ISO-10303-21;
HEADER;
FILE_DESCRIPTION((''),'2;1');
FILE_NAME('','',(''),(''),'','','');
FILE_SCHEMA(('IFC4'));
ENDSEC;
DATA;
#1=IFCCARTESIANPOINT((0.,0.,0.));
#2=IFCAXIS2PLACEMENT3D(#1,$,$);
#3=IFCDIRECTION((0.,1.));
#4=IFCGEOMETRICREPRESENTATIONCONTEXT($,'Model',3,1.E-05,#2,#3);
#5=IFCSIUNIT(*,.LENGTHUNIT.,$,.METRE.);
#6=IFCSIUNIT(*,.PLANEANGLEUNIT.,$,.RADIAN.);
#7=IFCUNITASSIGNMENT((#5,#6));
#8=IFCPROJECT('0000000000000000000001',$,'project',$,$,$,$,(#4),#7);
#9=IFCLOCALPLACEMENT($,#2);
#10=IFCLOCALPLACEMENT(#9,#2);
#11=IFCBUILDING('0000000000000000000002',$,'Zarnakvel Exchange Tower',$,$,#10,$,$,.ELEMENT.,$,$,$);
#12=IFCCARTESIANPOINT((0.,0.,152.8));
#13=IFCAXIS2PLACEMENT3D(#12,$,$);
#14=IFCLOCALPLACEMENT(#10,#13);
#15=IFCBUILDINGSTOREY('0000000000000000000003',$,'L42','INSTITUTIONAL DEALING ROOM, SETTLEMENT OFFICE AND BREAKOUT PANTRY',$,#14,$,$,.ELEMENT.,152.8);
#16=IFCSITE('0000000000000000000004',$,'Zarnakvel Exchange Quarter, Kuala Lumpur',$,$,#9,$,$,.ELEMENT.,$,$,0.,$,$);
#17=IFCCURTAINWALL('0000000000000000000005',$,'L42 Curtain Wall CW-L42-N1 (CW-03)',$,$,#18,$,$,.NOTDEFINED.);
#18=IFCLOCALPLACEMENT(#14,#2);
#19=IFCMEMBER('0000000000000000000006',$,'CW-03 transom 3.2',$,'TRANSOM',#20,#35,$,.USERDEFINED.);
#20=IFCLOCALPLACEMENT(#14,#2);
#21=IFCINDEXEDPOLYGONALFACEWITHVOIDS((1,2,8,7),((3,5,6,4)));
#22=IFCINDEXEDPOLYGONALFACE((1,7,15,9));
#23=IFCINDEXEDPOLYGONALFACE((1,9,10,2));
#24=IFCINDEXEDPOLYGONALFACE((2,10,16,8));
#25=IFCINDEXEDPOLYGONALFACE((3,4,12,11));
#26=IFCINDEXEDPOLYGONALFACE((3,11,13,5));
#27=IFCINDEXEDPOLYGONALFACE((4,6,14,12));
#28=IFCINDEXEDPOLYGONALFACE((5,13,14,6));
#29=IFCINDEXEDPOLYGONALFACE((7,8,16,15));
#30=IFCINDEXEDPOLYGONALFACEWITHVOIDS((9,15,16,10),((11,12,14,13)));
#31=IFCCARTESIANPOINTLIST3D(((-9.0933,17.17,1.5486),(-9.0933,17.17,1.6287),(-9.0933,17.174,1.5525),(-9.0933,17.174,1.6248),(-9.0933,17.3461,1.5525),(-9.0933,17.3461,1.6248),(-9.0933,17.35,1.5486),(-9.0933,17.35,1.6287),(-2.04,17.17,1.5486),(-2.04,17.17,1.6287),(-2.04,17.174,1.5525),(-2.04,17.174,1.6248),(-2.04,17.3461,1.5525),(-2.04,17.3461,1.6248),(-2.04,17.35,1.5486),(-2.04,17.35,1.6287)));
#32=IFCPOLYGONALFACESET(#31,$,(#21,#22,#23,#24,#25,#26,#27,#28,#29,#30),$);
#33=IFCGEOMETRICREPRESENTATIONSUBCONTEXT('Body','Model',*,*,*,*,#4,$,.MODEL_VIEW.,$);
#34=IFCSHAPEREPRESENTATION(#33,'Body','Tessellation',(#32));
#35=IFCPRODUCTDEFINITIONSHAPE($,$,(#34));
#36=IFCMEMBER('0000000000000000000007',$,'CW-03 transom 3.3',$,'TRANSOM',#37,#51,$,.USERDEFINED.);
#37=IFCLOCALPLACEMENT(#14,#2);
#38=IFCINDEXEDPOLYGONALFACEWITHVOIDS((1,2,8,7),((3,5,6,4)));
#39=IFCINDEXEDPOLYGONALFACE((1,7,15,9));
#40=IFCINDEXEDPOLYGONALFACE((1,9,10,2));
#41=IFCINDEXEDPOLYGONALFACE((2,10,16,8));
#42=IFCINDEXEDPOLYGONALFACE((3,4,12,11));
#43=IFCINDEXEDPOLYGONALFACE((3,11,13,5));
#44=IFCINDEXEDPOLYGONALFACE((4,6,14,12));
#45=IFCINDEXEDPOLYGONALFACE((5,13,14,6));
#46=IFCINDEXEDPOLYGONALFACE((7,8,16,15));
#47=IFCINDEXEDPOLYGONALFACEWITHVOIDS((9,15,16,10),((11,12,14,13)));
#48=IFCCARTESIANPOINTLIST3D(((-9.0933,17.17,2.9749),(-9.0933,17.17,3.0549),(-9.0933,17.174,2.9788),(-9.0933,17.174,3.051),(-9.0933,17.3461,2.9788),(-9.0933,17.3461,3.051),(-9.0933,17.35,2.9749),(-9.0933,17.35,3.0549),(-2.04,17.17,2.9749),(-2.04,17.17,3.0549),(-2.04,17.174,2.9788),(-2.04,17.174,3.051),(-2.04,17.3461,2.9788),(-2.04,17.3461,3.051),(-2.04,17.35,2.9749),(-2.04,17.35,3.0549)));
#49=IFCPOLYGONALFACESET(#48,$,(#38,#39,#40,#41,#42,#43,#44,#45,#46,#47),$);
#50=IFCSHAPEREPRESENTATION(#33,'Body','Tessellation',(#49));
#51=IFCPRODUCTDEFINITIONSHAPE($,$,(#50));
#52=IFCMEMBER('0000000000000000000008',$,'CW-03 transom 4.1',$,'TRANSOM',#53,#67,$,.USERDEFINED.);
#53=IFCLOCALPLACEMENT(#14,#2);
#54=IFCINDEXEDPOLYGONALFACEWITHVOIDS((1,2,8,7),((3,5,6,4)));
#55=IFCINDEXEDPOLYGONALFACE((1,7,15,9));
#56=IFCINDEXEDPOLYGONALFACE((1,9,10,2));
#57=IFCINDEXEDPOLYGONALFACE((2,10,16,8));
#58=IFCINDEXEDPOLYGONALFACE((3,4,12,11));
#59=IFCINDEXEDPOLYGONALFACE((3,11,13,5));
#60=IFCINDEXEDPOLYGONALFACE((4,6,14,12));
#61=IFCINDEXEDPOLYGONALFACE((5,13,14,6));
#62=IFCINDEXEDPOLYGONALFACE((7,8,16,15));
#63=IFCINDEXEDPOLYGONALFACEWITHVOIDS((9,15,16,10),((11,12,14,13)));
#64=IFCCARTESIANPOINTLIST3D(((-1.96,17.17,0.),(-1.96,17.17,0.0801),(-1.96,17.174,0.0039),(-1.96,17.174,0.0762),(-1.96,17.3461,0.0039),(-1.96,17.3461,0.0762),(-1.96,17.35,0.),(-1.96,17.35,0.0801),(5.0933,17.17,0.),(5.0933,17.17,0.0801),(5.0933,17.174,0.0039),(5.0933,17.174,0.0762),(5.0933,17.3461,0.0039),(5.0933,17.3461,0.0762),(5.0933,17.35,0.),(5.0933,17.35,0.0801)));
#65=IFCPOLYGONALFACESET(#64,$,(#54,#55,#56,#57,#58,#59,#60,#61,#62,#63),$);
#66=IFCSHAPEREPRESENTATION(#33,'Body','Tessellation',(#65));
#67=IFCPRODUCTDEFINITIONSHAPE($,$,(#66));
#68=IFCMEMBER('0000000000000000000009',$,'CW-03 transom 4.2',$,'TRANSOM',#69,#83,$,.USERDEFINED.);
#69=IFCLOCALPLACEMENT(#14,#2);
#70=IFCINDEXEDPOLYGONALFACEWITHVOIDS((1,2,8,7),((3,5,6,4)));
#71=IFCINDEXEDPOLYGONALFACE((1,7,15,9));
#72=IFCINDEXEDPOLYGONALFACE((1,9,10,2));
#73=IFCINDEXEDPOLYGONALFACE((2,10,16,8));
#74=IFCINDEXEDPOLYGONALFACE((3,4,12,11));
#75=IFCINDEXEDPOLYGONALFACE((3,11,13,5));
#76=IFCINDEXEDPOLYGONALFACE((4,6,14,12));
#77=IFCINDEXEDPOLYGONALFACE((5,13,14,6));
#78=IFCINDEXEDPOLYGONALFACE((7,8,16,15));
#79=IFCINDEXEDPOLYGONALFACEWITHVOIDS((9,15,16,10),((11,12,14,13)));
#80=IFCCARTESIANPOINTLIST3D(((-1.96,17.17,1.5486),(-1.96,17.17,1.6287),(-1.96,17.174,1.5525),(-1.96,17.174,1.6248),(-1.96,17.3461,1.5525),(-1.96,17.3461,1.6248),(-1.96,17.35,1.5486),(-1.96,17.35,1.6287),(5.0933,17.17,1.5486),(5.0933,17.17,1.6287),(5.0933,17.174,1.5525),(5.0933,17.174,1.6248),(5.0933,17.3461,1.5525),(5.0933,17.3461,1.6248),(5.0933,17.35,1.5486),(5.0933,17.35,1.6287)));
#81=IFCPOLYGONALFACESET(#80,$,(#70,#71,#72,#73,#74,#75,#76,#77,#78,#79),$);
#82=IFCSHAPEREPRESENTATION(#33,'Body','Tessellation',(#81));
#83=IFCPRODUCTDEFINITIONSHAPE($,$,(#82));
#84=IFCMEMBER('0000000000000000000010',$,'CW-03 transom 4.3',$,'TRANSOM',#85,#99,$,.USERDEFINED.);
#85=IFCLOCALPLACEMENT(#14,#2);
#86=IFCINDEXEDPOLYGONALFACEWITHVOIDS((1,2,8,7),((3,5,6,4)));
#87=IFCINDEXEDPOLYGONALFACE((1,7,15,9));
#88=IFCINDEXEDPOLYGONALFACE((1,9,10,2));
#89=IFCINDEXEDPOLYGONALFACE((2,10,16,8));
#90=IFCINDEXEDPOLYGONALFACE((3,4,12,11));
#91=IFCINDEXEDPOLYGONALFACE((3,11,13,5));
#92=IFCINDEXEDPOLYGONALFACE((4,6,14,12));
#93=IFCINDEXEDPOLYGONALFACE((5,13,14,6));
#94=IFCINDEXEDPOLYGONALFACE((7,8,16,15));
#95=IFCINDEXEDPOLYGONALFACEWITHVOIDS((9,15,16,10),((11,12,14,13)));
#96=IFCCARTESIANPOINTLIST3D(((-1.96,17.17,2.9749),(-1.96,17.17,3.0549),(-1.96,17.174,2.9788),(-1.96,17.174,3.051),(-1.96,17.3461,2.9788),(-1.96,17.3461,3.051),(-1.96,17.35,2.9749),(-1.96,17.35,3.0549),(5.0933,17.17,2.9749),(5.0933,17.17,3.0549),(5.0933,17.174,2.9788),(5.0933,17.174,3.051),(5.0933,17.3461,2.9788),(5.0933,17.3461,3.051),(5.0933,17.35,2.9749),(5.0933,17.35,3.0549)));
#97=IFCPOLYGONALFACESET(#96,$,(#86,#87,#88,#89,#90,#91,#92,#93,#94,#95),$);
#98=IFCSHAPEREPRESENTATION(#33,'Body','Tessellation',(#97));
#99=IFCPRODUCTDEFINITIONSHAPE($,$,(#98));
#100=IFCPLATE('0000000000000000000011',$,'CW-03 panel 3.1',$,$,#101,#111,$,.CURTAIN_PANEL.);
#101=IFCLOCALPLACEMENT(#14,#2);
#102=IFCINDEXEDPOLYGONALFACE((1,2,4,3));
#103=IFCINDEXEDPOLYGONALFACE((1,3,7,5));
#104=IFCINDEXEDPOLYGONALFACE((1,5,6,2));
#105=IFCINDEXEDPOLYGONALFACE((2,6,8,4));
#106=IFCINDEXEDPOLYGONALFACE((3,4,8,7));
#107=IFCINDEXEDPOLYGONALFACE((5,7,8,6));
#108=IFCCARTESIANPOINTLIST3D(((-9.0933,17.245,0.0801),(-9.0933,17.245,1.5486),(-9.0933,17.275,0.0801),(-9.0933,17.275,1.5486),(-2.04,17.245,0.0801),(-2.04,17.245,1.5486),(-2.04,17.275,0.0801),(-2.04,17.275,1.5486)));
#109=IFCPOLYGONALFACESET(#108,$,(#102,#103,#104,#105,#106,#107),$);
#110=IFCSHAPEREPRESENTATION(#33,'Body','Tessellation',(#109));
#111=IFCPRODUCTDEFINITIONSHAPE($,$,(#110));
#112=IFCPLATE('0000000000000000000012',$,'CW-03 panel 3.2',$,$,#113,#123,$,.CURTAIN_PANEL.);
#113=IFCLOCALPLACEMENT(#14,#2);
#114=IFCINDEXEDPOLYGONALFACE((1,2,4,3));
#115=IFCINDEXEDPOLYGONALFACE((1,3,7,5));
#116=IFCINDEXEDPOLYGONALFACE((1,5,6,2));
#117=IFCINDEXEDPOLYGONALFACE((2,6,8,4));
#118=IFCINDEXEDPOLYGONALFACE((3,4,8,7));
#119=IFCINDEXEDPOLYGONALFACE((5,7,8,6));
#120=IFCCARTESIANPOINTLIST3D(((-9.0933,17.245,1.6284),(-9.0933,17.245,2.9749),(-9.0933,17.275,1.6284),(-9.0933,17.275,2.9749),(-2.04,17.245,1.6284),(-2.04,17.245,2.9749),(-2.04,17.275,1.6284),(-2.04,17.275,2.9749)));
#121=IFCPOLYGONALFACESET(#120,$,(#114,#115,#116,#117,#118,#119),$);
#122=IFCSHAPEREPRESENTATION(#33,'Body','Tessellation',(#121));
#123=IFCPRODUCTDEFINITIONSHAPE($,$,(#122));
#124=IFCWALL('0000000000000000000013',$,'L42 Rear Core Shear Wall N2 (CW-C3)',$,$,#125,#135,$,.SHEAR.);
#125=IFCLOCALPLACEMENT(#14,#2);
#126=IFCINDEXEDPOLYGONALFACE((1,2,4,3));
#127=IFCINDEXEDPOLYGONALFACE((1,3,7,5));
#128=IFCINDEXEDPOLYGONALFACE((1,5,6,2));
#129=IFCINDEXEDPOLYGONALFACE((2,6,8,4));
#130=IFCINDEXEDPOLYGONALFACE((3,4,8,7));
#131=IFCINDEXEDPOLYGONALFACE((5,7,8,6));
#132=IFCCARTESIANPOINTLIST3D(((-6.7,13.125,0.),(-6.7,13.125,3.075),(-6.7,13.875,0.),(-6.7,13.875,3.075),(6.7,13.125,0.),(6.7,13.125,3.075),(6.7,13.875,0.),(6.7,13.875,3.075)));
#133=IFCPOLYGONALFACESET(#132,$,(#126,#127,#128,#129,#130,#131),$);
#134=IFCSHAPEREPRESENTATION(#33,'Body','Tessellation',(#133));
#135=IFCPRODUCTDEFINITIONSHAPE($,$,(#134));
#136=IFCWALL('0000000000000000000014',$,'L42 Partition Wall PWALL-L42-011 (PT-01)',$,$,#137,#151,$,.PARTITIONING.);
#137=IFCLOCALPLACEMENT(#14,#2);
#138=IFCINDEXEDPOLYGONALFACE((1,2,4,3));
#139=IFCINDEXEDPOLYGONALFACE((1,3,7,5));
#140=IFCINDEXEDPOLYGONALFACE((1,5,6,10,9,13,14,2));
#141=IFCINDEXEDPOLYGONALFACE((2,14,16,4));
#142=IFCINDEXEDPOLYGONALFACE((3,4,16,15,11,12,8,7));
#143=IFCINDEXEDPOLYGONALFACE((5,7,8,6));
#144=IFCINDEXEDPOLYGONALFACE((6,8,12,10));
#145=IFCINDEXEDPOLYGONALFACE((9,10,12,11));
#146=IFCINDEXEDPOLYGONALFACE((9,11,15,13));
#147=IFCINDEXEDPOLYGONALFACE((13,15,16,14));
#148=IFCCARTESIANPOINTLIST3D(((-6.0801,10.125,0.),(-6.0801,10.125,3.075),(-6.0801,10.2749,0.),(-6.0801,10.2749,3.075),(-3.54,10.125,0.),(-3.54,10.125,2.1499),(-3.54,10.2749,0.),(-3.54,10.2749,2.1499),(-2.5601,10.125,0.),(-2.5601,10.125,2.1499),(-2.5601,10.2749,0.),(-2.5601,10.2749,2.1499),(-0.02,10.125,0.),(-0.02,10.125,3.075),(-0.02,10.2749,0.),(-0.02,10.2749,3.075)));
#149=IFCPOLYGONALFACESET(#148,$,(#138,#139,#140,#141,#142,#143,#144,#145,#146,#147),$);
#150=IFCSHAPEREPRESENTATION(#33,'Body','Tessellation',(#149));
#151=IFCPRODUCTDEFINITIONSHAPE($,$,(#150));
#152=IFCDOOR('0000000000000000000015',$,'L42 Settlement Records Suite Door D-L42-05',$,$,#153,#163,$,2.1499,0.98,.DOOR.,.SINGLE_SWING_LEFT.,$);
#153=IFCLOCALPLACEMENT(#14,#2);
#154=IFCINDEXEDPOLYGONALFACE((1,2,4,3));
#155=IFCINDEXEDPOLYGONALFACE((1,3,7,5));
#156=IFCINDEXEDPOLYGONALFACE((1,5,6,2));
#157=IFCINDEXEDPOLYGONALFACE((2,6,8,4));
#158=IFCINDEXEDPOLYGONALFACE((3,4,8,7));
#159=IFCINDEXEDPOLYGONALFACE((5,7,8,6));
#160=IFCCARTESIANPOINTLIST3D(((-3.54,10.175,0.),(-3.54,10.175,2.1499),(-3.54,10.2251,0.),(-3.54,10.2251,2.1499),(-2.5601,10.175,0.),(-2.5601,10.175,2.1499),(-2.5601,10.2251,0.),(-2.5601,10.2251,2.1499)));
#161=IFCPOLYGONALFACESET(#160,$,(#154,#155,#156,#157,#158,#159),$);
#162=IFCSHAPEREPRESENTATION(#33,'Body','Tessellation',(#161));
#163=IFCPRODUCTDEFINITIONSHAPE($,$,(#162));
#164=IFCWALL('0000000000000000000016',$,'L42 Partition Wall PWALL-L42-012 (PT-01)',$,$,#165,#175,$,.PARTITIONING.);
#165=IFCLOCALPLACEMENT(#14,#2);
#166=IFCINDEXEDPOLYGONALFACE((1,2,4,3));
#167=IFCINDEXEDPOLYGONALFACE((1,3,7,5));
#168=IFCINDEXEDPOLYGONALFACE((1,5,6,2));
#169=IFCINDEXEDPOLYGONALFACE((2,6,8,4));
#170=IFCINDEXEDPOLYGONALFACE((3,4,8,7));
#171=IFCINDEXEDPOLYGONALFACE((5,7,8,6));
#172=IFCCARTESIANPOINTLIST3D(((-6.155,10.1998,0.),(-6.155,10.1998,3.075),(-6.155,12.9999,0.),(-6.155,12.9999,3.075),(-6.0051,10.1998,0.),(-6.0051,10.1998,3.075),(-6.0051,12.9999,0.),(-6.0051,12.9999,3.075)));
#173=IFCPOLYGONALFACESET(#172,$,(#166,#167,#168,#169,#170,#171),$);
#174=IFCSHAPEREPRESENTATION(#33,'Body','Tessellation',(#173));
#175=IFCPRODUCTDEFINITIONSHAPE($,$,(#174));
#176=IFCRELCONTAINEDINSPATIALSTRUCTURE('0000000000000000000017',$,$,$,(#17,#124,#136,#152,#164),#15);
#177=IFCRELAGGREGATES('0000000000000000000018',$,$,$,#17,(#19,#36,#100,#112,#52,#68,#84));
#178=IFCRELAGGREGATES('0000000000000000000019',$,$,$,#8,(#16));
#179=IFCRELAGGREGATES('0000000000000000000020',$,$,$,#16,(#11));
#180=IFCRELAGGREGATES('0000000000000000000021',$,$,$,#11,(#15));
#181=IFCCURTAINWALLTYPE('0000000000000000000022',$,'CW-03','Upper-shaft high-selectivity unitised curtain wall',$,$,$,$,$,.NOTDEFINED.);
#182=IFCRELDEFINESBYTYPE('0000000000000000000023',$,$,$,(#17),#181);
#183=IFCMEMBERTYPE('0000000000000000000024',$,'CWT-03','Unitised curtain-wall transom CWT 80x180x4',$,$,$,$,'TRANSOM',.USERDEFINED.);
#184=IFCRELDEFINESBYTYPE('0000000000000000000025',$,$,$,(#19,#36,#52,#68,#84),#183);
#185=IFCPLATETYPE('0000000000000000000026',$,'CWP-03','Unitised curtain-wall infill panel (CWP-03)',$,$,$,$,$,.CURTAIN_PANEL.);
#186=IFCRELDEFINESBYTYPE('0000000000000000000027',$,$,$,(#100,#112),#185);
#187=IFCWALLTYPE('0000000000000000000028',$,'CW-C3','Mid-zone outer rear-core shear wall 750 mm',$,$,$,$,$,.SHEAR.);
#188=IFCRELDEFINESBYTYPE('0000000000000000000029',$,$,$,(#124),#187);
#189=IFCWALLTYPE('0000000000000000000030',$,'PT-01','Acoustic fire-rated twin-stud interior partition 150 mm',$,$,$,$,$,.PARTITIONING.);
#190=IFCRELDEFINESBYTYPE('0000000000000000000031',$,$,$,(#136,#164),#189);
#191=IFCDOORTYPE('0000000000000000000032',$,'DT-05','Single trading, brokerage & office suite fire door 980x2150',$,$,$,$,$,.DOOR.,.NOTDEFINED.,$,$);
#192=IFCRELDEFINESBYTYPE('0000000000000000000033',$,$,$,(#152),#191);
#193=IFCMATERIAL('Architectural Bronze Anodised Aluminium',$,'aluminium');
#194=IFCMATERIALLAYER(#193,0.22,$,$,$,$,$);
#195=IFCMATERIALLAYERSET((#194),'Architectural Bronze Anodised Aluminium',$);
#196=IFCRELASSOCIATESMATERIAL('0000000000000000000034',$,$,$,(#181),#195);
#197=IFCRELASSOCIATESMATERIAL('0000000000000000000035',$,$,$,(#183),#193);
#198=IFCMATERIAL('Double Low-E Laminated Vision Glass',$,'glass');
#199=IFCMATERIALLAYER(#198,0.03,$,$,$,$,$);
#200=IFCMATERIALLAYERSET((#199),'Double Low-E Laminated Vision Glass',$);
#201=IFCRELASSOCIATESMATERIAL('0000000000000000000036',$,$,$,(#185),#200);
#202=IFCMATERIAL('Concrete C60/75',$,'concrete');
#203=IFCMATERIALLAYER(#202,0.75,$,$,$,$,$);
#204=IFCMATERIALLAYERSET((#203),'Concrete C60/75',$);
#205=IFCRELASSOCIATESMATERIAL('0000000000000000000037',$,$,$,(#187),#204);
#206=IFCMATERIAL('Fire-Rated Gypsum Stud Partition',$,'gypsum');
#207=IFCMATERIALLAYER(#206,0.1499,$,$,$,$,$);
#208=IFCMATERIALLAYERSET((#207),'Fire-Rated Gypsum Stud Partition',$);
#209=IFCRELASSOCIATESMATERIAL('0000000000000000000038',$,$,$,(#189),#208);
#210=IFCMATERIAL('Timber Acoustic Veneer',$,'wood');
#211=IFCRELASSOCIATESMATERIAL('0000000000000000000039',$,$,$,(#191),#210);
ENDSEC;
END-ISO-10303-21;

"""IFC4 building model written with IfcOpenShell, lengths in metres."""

from ifc_helpers import new_model, si_unit, direction, frame, frame_2d, origin, origin_2d, place, context, subcontext, project, spatial, rectangle, hollow_rectangle, extrude, source, transform, mapped, material, layer, layer_set, material_profile, profile_set, type_object, element, fill, aggregate, save


model = new_model("IFC4")

# Units and contexts
model_context = context("Model", 3, precision=1e-05, world=origin(), true_north=direction((0.0, 1.0)))
body_context = subcontext(model_context, "Body", "Model", "MODEL_VIEW")
ifc_project = project(units=[si_unit("LENGTHUNIT", "METRE"), si_unit("PLANEANGLEUNIT", "RADIAN")], contexts=[model_context])

# Site, building, storey
site_placement = place(None, origin())
site = spatial("IfcSite", under=ifc_project, at=site_placement, Name="Zarnakvel Exchange Quarter, Kuala Lumpur", CompositionType="ELEMENT", RefElevation=0.0)
building_placement = place(site_placement, origin())
building = spatial("IfcBuilding", under=site, at=building_placement, Name="Zarnakvel Exchange Tower", CompositionType="ELEMENT")
storey_placement = place(building_placement, frame((0.0, 0.0, 152.8)))
storey = spatial("IfcBuildingStorey", under=building, at=storey_placement, Name="L42", Description="INSTITUTIONAL DEALING ROOM, SETTLEMENT OFFICE AND BREAKOUT PANTRY", CompositionType="ELEMENT", Elevation=152.8)

# Shared definitions
ifc_material_1 = material(Name="Concrete C60/75", Category="concrete")

# Curtain wall, members, plates
ifc_material_2 = material(Name="Architectural Bronze Anodised Aluminium", Category="aluminium")
ifc_layer_1 = layer(ifc_material_2, 0.22)
ifc_layer_set_1 = layer_set([ifc_layer_1], Name="Architectural Bronze Anodised Aluminium")
curtain_wall_type = type_object("IfcCurtainWallType", Name="CW-03", Description="Upper-shaft high-selectivity unitised curtain wall", PredefinedType="NOTDEFINED", material=ifc_layer_set_1)
curtain_wall_placement = place(storey_placement, origin())
curtain_wall = element("IfcCurtainWall", 1, at=curtain_wall_placement, inside=storey, type_object=curtain_wall_type, Name="L42 Curtain Wall CW-L42-N1 (CW-03)", PredefinedType="NOTDEFINED")
ifc_material_profile_1 = material_profile(ifc_material_2, hollow_rectangle(XDim=0.1799, YDim=0.0801, WallThickness=0.0039, at=origin_2d()))
ifc_profile_set_1 = profile_set([ifc_material_profile_1], Name="Architectural Bronze Anodised Aluminium")
member_type_1 = type_object("IfcMemberType", Name="CWT-03", Description="Unitised curtain-wall transom CWT 80x180x4", ElementType="TRANSOM", PredefinedType="USERDEFINED", material=ifc_profile_set_1)
shared_shape_1 = source(origin(), body_context, "Body", "SweptSolid", [
    extrude(hollow_rectangle(XDim=0.1799, YDim=0.0801, WallThickness=0.0039, at=origin_2d()), origin(), (0.0, 0.0, 1.0), 7.0532),
])
member_1_placement = place(storey_placement, frame((-9.0933, 17.26, 1.5886), z_axis=(1.0, 0.0, 0.0), x_axis=(0.0, 1.0, 0.0)))
member_1 = element("IfcMember", 2, at=member_1_placement, type_object=member_type_1, Name="CW-03 transom 3.2", ObjectType="TRANSOM", PredefinedType="USERDEFINED", context=body_context, shape_type="MappedRepresentation", body=[
    mapped(shared_shape_1, transform((0.0, 0.0, 0.0), x_axis=(1.0, 0.0, 0.0), y_axis=(0.0, 1.0, 0.0), z_axis=(0.0, 0.0, 1.0), scale=1.0)),
])
member_2_placement = place(storey_placement, frame((-9.0933, 17.26, 3.0149), z_axis=(1.0, 0.0, 0.0), x_axis=(0.0, 1.0, 0.0)))
member_2 = element("IfcMember", 3, at=member_2_placement, type_object=member_type_1, Name="CW-03 transom 3.3", ObjectType="TRANSOM", PredefinedType="USERDEFINED", context=body_context, shape_type="MappedRepresentation", body=[
    mapped(shared_shape_1, transform((0.0, 0.0, 0.0), x_axis=(1.0, 0.0, 0.0), y_axis=(0.0, 1.0, 0.0), z_axis=(0.0, 0.0, 1.0), scale=1.0)),
])
member_3_placement = place(storey_placement, frame((-1.96, 17.26, 0.04), z_axis=(1.0, 0.0, 0.0), x_axis=(0.0, 1.0, 0.0)))
member_3 = element("IfcMember", 4, at=member_3_placement, type_object=member_type_1, Name="CW-03 transom 4.1", ObjectType="TRANSOM", PredefinedType="USERDEFINED", context=body_context, shape_type="MappedRepresentation", body=[
    mapped(shared_shape_1, transform((0.0, 0.0, 0.0), x_axis=(1.0, 0.0, 0.0), y_axis=(0.0, 1.0, 0.0), z_axis=(0.0, 0.0, 1.0), scale=1.0)),
])
member_4_placement = place(storey_placement, frame((-1.96, 17.26, 1.5886), z_axis=(1.0, 0.0, 0.0), x_axis=(0.0, 1.0, 0.0)))
member_4 = element("IfcMember", 5, at=member_4_placement, type_object=member_type_1, Name="CW-03 transom 4.2", ObjectType="TRANSOM", PredefinedType="USERDEFINED", context=body_context, shape_type="MappedRepresentation", body=[
    mapped(shared_shape_1, transform((0.0, 0.0, 0.0), x_axis=(1.0, 0.0, 0.0), y_axis=(0.0, 1.0, 0.0), z_axis=(0.0, 0.0, 1.0), scale=1.0)),
])
member_5_placement = place(storey_placement, frame((-1.96, 17.26, 3.0149), z_axis=(1.0, 0.0, 0.0), x_axis=(0.0, 1.0, 0.0)))
member_5 = element("IfcMember", 6, at=member_5_placement, type_object=member_type_1, Name="CW-03 transom 4.3", ObjectType="TRANSOM", PredefinedType="USERDEFINED", context=body_context, shape_type="MappedRepresentation", body=[
    mapped(shared_shape_1, transform((0.0, 0.0, 0.0), x_axis=(1.0, 0.0, 0.0), y_axis=(0.0, 1.0, 0.0), z_axis=(0.0, 0.0, 1.0), scale=1.0)),
])
ifc_material_3 = material(Name="Double Low-E Laminated Vision Glass", Category="glass")
ifc_layer_2 = layer(ifc_material_3, 0.03)
ifc_layer_set_2 = layer_set([ifc_layer_2], Name="Double Low-E Laminated Vision Glass")
plate_type = type_object("IfcPlateType", Name="CWP-03", Description="Unitised curtain-wall infill panel (CWP-03)", PredefinedType="CURTAIN_PANEL", material=ifc_layer_set_2)
shared_shape_2 = source(origin(), body_context, "Body", "SweptSolid", [
    extrude(rectangle(XDim=7.0532, YDim=0.03, at=origin_2d()), origin(), (0.0, 0.0, 1.0), 1.4685),
])
plate_1_placement = place(storey_placement, frame((-5.5667, 17.26, 0.0801), z_axis=(0.0, 0.0, 1.0), x_axis=(1.0, 0.0, 0.0)))
plate_1 = element("IfcPlate", 7, at=plate_1_placement, type_object=plate_type, Name="CW-03 panel 3.1", PredefinedType="CURTAIN_PANEL", context=body_context, shape_type="MappedRepresentation", body=[
    mapped(shared_shape_2, transform((0.0, 0.0, 0.0), x_axis=(1.0, 0.0, 0.0), y_axis=(0.0, 1.0, 0.0), z_axis=(0.0, 0.0, 1.0), scale=1.0)),
])
shared_shape_3 = source(origin(), body_context, "Body", "SweptSolid", [
    extrude(rectangle(XDim=7.0532, YDim=0.03, at=origin_2d()), origin(), (0.0, 0.0, 1.0), 1.3464),
])
plate_2_placement = place(storey_placement, frame((-5.5667, 17.26, 1.6284), z_axis=(0.0, 0.0, 1.0), x_axis=(1.0, 0.0, 0.0)))
plate_2 = element("IfcPlate", 8, at=plate_2_placement, type_object=plate_type, Name="CW-03 panel 3.2", PredefinedType="CURTAIN_PANEL", context=body_context, shape_type="MappedRepresentation", body=[
    mapped(shared_shape_3, transform((0.0, 0.0, 0.0), x_axis=(1.0, 0.0, 0.0), y_axis=(0.0, 1.0, 0.0), z_axis=(0.0, 0.0, 1.0), scale=1.0)),
])
aggregate(curtain_wall, [member_1, member_2, plate_1, plate_2, member_3, member_4, member_5])

# Wall
ifc_layer_3 = layer(ifc_material_1, 0.75)
ifc_layer_set_3 = layer_set([ifc_layer_3], Name="Concrete C60/75")
wall_type_1 = type_object("IfcWallType", Name="CW-C3", Description="Mid-zone outer rear-core shear wall 750 mm", PredefinedType="SHEAR", material=ifc_layer_set_3)
wall_1_placement = place(storey_placement, frame((-6.7, 13.5, 0.0), z_axis=(0.0, 0.0, 1.0), x_axis=(1.0, 0.0, 0.0)))
element("IfcWall", 9, at=wall_1_placement, inside=storey, type_object=wall_type_1, Name="L42 Rear Core Shear Wall N2 (CW-C3)", PredefinedType="SHEAR", context=body_context, shape_type="SweptSolid", body=[
    extrude(rectangle(XDim=13.3999, YDim=0.75, at=frame_2d((6.7, 0.0))), origin(), (0.0, 0.0, 1.0), 3.075),
])

# Wall, opening, door
ifc_material_4 = material(Name="Fire-Rated Gypsum Stud Partition", Category="gypsum")
ifc_layer_4 = layer(ifc_material_4, 0.1499)
ifc_layer_set_4 = layer_set([ifc_layer_4], Name="Fire-Rated Gypsum Stud Partition")
wall_type_2 = type_object("IfcWallType", Name="PT-01", Description="Acoustic fire-rated twin-stud interior partition 150 mm", PredefinedType="PARTITIONING", material=ifc_layer_set_4)
wall_2_placement = place(storey_placement, frame((-0.02, 10.2, 0.0), z_axis=(0.0, 0.0, 1.0), x_axis=(-1.0, 0.0, 0.0)))
wall_2 = element("IfcWall", 10, at=wall_2_placement, inside=storey, type_object=wall_type_2, Name="L42 Partition Wall PWALL-L42-011 (PT-01)", PredefinedType="PARTITIONING", context=body_context, shape_type="SweptSolid", body=[
    extrude(rectangle(XDim=6.0601, YDim=0.1499, at=frame_2d((3.03, 0.0))), origin(), (0.0, 0.0, 1.0), 3.075),
])
opening_1_placement = place(wall_2_placement, frame((2.54, 0.0, 0.0)))
opening_1 = element("IfcOpeningElement", 11, at=opening_1_placement, cuts=wall_2, PredefinedType="OPENING", context=body_context, shape_type="SweptSolid", body=[
    extrude(rectangle(XDim=0.98, YDim=2.1499, at=frame_2d((0.49, 1.075))), frame((0.0, 0.085, 0.0), z_axis=(0.0, -1.0, 0.0), x_axis=(1.0, 0.0, 0.0)), (0.0, 0.0, 1.0), 0.1699),
])
ifc_material_5 = material(Name="Timber Acoustic Veneer", Category="wood")
door_type = type_object("IfcDoorType", Name="DT-05", Description="Single trading, brokerage & office suite fire door 980x2150", OperationType="NOTDEFINED", PredefinedType="DOOR", material=ifc_material_5)
shared_shape_4 = source(origin(), body_context, "Body", "SweptSolid", [
    extrude(rectangle(XDim=0.98, YDim=2.1499, at=frame_2d((0.49, 1.075))), frame((0.0, 0.0249, 0.0), z_axis=(0.0, -1.0, 0.0), x_axis=(1.0, 0.0, 0.0)), (0.0, 0.0, 1.0), 0.05),
])
door_1_placement = place(opening_1_placement, origin())
door_1 = element("IfcDoor", 12, at=door_1_placement, inside=storey, type_object=door_type, Name="L42 Settlement Records Suite Door D-L42-05", OperationType="SINGLE_SWING_LEFT", OverallHeight=2.1499, OverallWidth=0.98, PredefinedType="DOOR", context=body_context, shape_type="MappedRepresentation", body=[
    mapped(shared_shape_4, transform((0.0, 0.0, 0.0), x_axis=(1.0, 0.0, 0.0), y_axis=(0.0, 1.0, 0.0), z_axis=(0.0, 0.0, 1.0), scale=1.0)),
])
fill(opening_1, door_1)

# Wall
for number, where, z_axis, x_axis, name in (
    (13, (-6.0801, 10.2, 0.0), (0.0, 0.0, 1.0), (0.0, 1.0, 0.0), "L42 Partition Wall PWALL-L42-012 (PT-01)"),
):
    element("IfcWall", number, at=place(storey_placement, frame(where, z_axis=z_axis, x_axis=x_axis)), inside=storey, type_object=wall_type_2, Name=name, PredefinedType="PARTITIONING", context=body_context, shape_type="SweptSolid", body=[
        extrude(rectangle(XDim=2.8, YDim=0.1499, at=frame_2d((1.3999, 0.0))), origin(), (0.0, 0.0, 1.0), 3.075),
    ])

save(model, "model.ifc")
